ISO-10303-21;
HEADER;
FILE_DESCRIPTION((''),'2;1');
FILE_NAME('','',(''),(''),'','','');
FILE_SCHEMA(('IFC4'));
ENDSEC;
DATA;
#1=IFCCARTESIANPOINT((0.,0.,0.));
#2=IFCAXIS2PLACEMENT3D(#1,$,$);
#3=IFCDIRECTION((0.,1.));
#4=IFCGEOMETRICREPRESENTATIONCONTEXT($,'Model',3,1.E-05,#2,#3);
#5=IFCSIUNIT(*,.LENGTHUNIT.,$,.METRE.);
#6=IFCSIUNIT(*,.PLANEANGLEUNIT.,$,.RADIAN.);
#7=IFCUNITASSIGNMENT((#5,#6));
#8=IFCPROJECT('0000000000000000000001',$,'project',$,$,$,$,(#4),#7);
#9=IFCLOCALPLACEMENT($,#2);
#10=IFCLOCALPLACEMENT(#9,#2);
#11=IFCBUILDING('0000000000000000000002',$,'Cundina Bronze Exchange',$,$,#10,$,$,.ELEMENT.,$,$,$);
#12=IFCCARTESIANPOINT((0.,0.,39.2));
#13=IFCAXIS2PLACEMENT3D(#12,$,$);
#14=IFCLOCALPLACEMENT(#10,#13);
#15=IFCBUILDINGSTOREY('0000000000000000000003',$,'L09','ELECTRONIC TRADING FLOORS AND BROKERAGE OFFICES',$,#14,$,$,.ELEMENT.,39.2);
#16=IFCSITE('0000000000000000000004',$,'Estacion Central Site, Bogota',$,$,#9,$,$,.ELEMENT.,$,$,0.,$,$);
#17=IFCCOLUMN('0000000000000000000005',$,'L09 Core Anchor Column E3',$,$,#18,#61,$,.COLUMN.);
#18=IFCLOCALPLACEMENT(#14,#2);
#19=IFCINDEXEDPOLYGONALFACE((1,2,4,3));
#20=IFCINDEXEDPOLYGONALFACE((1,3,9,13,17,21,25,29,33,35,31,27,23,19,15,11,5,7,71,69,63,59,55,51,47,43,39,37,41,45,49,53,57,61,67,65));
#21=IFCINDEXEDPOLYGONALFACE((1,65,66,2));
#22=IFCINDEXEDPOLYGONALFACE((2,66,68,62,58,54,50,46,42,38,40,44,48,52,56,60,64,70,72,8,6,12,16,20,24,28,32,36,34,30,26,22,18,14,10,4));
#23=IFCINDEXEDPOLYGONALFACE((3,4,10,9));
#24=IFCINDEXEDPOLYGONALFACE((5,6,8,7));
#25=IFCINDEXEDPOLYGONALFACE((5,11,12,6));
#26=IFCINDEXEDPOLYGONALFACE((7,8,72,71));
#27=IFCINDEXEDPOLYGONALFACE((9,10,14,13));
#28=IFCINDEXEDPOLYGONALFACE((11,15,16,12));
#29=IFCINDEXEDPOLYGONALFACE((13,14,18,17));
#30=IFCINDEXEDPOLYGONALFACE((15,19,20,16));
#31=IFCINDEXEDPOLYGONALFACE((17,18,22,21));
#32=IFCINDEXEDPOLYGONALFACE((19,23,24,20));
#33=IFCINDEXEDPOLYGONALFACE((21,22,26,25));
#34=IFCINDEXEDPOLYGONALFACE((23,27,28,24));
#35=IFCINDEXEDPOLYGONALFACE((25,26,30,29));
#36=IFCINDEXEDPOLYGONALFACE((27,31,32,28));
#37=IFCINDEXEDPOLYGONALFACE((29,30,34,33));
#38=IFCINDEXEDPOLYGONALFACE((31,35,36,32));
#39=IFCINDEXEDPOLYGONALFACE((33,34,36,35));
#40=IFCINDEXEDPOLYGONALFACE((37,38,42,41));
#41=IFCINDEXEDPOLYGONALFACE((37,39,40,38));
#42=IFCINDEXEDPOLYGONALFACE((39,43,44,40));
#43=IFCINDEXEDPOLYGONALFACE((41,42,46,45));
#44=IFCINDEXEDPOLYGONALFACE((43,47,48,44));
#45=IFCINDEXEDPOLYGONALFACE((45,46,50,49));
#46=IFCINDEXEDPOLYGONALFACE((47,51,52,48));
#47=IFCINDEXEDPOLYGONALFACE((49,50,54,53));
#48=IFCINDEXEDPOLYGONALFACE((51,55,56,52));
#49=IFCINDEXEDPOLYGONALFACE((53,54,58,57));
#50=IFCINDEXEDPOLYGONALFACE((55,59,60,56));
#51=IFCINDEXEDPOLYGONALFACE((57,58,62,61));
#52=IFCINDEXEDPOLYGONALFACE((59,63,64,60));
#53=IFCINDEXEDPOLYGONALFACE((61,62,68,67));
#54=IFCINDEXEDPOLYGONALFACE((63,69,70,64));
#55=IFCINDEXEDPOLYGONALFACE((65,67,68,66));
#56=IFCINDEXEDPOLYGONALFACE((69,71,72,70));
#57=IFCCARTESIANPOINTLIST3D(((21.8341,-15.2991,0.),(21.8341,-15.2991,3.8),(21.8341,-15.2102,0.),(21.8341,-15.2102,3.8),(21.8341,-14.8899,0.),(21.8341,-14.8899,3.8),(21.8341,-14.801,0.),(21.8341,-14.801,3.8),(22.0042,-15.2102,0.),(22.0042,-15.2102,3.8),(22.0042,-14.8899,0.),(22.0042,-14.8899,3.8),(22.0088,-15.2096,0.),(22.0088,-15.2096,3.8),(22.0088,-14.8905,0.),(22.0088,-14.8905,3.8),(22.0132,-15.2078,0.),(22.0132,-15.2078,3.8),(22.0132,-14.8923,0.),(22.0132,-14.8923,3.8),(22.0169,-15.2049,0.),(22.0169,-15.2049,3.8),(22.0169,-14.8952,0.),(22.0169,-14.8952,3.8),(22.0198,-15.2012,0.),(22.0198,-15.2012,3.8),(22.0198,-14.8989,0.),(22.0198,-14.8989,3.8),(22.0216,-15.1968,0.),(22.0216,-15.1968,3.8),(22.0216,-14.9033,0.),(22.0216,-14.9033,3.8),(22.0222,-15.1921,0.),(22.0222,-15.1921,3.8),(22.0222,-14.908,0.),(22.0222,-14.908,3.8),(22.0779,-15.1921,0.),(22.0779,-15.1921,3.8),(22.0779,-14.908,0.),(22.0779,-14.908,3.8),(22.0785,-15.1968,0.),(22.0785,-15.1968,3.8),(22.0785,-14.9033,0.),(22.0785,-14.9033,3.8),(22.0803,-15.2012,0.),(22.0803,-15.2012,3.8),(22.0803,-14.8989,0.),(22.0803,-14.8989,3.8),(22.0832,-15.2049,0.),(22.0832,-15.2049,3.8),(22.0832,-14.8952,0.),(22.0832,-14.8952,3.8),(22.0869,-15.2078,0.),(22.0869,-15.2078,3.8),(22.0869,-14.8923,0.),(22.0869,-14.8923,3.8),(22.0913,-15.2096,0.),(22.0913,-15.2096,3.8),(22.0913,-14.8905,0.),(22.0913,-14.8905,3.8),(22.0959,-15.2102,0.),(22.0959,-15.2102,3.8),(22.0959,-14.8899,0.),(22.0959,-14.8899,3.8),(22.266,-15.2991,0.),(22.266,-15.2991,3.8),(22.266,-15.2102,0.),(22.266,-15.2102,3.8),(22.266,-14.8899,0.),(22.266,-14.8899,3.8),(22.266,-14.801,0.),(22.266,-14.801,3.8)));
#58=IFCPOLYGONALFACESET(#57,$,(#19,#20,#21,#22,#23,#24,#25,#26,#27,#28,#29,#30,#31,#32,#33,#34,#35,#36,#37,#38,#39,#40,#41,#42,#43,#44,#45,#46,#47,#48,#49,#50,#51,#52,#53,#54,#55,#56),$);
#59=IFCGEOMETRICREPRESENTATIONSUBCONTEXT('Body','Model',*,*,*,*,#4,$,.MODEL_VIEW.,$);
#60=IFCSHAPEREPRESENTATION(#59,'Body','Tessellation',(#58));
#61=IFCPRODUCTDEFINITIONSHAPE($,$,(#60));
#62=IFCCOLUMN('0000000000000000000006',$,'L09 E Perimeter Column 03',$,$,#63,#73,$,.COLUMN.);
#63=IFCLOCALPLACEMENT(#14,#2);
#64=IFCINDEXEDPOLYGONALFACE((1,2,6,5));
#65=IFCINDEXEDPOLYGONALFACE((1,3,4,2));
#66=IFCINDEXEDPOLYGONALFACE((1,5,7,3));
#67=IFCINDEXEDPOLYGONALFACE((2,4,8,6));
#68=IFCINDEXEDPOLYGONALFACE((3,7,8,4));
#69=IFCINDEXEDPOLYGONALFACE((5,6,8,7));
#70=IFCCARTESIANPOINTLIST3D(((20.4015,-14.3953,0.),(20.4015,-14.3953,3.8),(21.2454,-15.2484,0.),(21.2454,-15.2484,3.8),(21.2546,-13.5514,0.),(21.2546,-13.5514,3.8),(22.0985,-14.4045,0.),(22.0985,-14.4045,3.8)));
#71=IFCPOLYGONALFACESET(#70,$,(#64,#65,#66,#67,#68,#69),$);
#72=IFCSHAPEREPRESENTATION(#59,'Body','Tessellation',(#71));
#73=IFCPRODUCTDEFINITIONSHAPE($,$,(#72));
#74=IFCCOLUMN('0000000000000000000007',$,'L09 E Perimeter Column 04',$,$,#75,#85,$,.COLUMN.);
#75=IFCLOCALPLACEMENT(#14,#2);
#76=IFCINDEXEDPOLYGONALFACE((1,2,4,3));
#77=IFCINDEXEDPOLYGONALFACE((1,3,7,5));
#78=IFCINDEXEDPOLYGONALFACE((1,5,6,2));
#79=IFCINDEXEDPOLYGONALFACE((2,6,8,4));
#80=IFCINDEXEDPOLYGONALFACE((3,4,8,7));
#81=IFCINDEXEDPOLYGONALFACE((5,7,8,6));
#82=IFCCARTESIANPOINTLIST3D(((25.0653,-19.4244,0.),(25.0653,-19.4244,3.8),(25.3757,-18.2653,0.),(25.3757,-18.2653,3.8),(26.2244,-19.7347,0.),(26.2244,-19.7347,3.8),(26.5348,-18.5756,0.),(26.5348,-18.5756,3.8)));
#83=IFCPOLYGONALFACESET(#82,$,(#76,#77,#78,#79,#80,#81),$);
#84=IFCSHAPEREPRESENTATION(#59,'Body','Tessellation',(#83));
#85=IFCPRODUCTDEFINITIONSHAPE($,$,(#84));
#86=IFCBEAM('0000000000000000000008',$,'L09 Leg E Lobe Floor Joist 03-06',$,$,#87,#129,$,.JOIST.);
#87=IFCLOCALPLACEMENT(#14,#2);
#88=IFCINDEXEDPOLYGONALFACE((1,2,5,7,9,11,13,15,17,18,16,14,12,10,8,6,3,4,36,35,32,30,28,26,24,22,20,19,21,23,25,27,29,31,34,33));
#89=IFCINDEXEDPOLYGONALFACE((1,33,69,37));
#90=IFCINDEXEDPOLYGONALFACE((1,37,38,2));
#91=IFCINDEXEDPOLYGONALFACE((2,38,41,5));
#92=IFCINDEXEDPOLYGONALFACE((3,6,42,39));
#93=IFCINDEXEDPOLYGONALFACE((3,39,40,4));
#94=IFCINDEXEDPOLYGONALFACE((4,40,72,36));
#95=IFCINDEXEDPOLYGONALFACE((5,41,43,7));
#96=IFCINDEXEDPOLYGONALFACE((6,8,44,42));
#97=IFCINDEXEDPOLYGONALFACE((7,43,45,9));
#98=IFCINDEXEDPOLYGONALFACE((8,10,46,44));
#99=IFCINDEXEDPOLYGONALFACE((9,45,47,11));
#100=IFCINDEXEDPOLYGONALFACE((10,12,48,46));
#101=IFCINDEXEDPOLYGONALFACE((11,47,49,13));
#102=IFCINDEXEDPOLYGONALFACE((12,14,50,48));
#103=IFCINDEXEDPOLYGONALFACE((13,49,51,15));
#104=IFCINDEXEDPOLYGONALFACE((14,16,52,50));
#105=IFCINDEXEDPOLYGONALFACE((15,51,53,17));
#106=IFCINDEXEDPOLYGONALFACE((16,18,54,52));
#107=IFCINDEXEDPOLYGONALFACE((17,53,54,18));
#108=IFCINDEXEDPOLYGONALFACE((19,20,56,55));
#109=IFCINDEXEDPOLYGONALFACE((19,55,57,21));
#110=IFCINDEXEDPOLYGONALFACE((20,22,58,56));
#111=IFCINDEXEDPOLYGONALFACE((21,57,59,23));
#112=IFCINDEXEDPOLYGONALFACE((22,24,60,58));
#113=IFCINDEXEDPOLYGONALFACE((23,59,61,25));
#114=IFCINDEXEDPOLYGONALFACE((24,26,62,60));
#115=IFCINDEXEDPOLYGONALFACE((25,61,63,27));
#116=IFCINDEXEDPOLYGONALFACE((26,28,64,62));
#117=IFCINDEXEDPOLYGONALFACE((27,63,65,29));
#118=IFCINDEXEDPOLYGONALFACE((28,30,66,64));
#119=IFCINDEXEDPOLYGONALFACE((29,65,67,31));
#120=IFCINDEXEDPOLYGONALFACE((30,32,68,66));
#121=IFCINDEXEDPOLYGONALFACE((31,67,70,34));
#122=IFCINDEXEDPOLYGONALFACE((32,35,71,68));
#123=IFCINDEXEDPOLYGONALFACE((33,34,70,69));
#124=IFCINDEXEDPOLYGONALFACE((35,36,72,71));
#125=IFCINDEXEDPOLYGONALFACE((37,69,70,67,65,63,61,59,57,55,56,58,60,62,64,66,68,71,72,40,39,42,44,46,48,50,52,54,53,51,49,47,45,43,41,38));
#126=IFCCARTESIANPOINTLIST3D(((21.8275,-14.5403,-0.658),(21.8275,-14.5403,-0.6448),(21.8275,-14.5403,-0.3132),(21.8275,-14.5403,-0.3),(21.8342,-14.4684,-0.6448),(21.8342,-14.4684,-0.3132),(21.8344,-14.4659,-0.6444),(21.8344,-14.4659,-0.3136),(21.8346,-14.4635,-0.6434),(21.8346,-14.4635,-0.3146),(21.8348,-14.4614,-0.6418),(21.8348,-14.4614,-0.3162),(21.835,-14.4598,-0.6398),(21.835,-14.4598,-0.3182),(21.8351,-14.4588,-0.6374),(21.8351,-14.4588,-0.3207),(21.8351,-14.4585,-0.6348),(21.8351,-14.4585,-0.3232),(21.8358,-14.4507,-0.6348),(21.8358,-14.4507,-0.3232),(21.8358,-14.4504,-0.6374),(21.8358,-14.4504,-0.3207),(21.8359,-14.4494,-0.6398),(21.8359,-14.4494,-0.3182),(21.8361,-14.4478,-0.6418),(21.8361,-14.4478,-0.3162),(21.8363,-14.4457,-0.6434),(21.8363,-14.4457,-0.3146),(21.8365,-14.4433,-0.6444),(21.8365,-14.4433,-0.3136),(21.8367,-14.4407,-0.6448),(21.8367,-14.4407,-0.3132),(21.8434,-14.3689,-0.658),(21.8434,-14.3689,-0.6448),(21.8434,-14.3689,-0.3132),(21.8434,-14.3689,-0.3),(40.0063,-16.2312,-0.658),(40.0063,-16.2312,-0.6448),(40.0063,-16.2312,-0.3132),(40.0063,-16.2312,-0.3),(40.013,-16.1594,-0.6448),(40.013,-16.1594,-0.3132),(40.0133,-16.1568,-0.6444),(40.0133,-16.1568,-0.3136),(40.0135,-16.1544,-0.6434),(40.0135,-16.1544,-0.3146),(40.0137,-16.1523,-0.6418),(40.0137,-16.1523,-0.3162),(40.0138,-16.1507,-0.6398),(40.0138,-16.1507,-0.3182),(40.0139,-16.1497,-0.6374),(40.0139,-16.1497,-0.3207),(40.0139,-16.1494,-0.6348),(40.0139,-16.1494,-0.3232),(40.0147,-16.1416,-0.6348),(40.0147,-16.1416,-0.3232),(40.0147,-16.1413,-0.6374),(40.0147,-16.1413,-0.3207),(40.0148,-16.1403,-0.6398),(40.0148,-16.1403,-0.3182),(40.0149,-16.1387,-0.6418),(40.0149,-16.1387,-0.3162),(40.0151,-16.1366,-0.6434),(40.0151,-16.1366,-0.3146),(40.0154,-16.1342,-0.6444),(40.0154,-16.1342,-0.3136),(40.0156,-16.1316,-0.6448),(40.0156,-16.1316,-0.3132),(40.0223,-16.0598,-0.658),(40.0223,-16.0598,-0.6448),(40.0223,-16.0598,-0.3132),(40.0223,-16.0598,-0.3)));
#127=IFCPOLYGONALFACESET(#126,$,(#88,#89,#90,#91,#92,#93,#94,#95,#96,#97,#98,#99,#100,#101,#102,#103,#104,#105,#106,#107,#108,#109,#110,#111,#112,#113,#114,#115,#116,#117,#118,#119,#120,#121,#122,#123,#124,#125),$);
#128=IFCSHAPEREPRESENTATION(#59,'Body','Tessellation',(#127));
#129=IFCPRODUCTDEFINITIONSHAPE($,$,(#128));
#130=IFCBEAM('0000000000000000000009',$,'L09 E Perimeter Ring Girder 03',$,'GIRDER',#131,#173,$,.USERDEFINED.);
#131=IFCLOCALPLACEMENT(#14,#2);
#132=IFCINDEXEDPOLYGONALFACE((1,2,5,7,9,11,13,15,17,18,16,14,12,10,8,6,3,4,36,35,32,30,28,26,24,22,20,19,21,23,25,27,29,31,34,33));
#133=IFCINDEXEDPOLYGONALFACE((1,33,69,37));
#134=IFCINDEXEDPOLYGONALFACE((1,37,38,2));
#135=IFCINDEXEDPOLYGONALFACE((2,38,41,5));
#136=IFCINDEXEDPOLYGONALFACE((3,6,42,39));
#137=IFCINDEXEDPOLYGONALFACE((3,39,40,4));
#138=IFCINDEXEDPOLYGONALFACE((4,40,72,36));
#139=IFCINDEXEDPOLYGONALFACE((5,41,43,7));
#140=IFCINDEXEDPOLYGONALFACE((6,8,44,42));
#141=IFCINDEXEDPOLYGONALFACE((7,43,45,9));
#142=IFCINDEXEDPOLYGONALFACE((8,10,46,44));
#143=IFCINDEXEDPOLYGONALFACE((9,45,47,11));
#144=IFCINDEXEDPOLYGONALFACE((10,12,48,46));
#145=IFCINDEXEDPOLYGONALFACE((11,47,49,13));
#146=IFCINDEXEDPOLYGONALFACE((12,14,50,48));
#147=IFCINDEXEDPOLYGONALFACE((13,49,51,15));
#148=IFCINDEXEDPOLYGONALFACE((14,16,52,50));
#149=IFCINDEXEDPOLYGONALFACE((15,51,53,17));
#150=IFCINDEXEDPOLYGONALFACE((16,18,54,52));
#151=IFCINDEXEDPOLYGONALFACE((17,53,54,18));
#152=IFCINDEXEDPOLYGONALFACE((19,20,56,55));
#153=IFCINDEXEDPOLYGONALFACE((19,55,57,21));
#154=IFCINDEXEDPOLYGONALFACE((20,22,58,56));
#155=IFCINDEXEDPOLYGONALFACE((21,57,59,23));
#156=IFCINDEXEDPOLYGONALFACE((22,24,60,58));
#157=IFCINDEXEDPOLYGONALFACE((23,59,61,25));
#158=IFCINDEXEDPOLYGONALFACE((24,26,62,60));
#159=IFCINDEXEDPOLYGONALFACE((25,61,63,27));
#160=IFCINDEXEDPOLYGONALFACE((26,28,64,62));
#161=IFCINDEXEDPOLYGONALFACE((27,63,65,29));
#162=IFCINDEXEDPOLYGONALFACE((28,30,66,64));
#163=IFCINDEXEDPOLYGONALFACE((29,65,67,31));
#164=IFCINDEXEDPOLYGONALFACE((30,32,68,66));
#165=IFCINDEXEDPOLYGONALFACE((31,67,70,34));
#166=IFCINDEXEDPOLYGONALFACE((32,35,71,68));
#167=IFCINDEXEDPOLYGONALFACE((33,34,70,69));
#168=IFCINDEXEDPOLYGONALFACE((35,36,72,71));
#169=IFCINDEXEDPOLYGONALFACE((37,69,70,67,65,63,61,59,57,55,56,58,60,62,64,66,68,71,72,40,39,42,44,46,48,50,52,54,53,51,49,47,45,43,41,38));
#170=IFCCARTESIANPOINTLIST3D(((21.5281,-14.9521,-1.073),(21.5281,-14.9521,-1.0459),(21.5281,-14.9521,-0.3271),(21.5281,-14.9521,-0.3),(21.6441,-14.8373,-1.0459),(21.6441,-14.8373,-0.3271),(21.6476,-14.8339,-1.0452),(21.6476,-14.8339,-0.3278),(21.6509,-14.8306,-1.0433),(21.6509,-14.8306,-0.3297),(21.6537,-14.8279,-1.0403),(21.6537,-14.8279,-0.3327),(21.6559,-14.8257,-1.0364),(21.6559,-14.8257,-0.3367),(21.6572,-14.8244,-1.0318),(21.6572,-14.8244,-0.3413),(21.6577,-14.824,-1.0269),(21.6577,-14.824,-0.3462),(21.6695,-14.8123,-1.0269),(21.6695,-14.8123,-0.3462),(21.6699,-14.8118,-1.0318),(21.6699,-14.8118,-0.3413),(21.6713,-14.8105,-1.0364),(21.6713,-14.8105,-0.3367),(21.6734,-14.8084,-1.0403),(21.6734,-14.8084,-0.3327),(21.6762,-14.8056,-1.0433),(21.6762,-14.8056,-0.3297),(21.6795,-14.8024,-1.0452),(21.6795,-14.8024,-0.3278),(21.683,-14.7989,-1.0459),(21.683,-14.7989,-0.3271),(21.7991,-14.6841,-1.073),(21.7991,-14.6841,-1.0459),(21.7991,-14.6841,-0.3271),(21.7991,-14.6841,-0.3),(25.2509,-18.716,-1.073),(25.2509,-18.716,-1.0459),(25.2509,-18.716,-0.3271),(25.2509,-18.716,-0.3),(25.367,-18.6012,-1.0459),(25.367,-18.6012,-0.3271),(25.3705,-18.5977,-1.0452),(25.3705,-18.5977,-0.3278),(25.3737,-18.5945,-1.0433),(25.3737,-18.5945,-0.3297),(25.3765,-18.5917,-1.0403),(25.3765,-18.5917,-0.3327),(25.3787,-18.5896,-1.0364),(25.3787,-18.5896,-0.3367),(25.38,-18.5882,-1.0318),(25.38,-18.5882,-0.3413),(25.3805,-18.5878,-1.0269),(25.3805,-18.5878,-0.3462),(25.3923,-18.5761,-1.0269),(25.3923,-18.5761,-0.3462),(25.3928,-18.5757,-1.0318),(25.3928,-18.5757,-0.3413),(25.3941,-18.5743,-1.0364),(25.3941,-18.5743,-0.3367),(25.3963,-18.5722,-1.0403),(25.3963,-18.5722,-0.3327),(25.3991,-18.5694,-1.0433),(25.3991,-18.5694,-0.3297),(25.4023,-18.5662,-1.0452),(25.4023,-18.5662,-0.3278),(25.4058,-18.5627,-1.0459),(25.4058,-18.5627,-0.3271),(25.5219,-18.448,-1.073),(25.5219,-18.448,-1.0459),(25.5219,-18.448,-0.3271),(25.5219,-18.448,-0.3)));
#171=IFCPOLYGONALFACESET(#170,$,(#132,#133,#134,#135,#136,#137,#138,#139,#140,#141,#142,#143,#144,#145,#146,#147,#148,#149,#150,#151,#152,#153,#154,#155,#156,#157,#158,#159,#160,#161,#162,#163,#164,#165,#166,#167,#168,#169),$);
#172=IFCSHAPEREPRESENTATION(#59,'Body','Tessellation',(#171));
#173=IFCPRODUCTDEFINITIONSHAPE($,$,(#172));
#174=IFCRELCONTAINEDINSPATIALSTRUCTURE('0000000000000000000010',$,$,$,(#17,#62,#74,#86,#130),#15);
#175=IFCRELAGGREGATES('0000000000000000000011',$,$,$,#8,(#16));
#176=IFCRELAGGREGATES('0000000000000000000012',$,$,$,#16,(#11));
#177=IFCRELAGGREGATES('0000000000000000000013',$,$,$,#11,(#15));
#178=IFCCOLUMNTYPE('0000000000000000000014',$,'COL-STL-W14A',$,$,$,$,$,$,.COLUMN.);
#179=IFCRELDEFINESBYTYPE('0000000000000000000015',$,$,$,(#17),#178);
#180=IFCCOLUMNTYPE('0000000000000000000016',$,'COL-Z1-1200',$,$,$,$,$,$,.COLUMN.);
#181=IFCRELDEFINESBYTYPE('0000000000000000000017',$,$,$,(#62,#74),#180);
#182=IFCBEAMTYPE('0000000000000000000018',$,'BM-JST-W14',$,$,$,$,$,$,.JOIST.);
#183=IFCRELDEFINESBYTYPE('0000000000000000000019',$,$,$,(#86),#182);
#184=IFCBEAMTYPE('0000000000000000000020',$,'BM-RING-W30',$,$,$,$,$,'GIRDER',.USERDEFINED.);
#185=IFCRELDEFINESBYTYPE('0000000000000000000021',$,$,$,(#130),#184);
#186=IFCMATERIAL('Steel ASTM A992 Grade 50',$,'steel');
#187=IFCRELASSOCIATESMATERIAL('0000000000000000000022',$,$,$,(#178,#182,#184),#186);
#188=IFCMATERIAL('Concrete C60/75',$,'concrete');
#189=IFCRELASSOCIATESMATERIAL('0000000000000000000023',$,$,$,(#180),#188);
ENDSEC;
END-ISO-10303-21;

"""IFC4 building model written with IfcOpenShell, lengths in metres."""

from ifc_helpers import new_model, si_unit, direction, frame, origin, origin_2d, place, context, subcontext, project, spatial, rectangle, i_section, extrude, material, material_profile, profile_set, type_object, element, save


model = new_model("IFC4")

# Units and contexts
model_context = context("Model", 3, precision=1e-05, world=origin(), true_north=direction((0.0, 1.0)))
body_context = subcontext(model_context, "Body", "Model", "MODEL_VIEW")
ifc_project = project(units=[si_unit("LENGTHUNIT", "METRE"), si_unit("PLANEANGLEUNIT", "RADIAN")], contexts=[model_context])

# Site, building, storey
site_placement = place(None, origin())
site = spatial("IfcSite", under=ifc_project, at=site_placement, Name="Estacion Central Site, Bogota", CompositionType="ELEMENT", RefElevation=0.0)
building_placement = place(site_placement, origin())
building = spatial("IfcBuilding", under=site, at=building_placement, Name="Cundina Bronze Exchange", CompositionType="ELEMENT")
storey_placement = place(building_placement, frame((0.0, 0.0, 39.2)))
storey = spatial("IfcBuildingStorey", under=building, at=storey_placement, Name="L09", Description="ELECTRONIC TRADING FLOORS AND BROKERAGE OFFICES", CompositionType="ELEMENT", Elevation=39.2)

# Columns
ifc_material_1 = material(Name="Steel ASTM A992 Grade 50", Category="steel")
ifc_material_profile_1 = material_profile(ifc_material_1, i_section(OverallWidth=0.4319, OverallDepth=0.498, WebThickness=0.0557, FlangeThickness=0.0889, FilletRadius=0.0181, at=origin_2d()), Name="W14X500", Category="steel")
ifc_profile_set_1 = profile_set([ifc_material_profile_1], Name="Steel ASTM A992 Grade 50")
column_type_1 = type_object("IfcColumnType", Name="COL-STL-W14A", PredefinedType="COLUMN", material=ifc_profile_set_1)
column_placement = place(storey_placement, frame((22.05, -15.05, 0.0), z_axis=(0.0, 0.0, 1.0), x_axis=(1.0, 0.0, 0.0)))
element("IfcColumn", 1, at=column_placement, inside=storey, type_object=column_type_1, Name="L09 Core Anchor Column E3", PredefinedType="COLUMN", context=body_context, shape_type="SweptSolid", body=[
    extrude(i_section(OverallWidth=0.4319, OverallDepth=0.498, WebThickness=0.0557, FlangeThickness=0.0889, FilletRadius=0.0181, at=origin_2d()), origin(), (0.0, 0.0, 1.0), 3.8),
])
ifc_material_2 = material(Name="Concrete C60/75", Category="concrete")
ifc_material_profile_2 = material_profile(ifc_material_2, rectangle(XDim=1.2, YDim=1.2, at=origin_2d()), Name="RC1200X1200", Category="concrete")
ifc_profile_set_2 = profile_set([ifc_material_profile_2], Name="Concrete C60/75")
column_type_2 = type_object("IfcColumnType", Name="COL-Z1-1200", PredefinedType="COLUMN", material=ifc_profile_set_2)
for number, where, z_axis, x_axis, name in (
    (2, (21.25, -14.3999, 0.0), (0.0, 0.0, 1.0), (0.703271, -0.710922, 0.0), "L09 E Perimeter Column 03"),
    (3, (25.8, -19.0, 0.0), (0.0, 0.0, 1.0), (0.965971, -0.25865, 0.0), "L09 E Perimeter Column 04"),
):
    element("IfcColumn", number, at=place(storey_placement, frame(where, z_axis=z_axis, x_axis=x_axis)), inside=storey, type_object=column_type_2, Name=name, PredefinedType="COLUMN", context=body_context, shape_type="SweptSolid", body=[
        extrude(rectangle(XDim=1.2, YDim=1.2, at=origin_2d()), origin(), (0.0, 0.0, 1.0), 3.8),
    ])

# Beams
ifc_material_profile_3 = material_profile(ifc_material_1, i_section(OverallWidth=0.1721, OverallDepth=0.3579, WebThickness=0.0078, FlangeThickness=0.0132, FilletRadius=0.01, at=origin_2d()), Name="W14X38", Category="steel")
ifc_profile_set_3 = profile_set([ifc_material_profile_3], Name="Steel ASTM A992 Grade 50")
beam_type_1 = type_object("IfcBeamType", Name="BM-JST-W14", PredefinedType="JOIST", material=ifc_profile_set_3)
beam_1_placement = place(storey_placement, frame((21.8354, -14.4546, -0.479), z_axis=(0.995702, -0.092615, 0.0), x_axis=(0.092615, 0.995702, 0.0)))
element("IfcBeam", 4, at=beam_1_placement, inside=storey, type_object=beam_type_1, Name="L09 Leg E Lobe Floor Joist 03-06", PredefinedType="JOIST", context=body_context, shape_type="SweptSolid", body=[
    extrude(i_section(OverallWidth=0.1721, OverallDepth=0.3579, WebThickness=0.0078, FlangeThickness=0.0132, FilletRadius=0.01, at=origin_2d()), origin(), (0.0, 0.0, 1.0), 18.2573),
])
ifc_material_profile_4 = material_profile(ifc_material_1, i_section(OverallWidth=0.3811, OverallDepth=0.7729, WebThickness=0.0166, FlangeThickness=0.0271, FilletRadius=0.019, at=origin_2d()), Name="W30X173", Category="steel")
ifc_profile_set_4 = profile_set([ifc_material_profile_4], Name="Steel ASTM A992 Grade 50")
beam_type_2 = type_object("IfcBeamType", Name="BM-RING-W30", ElementType="GIRDER", PredefinedType="USERDEFINED", material=ifc_profile_set_4)
beam_2_placement = place(storey_placement, frame((21.6636, -14.8181, -0.6865), z_axis=(0.703222, -0.71097, 0.0), x_axis=(0.71097, 0.703222, 0.0)))
element("IfcBeam", 5, at=beam_2_placement, inside=storey, type_object=beam_type_2, Name="L09 E Perimeter Ring Girder 03", ObjectType="GIRDER", PredefinedType="USERDEFINED", context=body_context, shape_type="SweptSolid", body=[
    extrude(i_section(OverallWidth=0.3811, OverallDepth=0.7729, WebThickness=0.0166, FlangeThickness=0.0271, FilletRadius=0.019, at=origin_2d()), origin(), (0.0, 0.0, 1.0), 5.2939),
])

save(model, "model.ifc")
